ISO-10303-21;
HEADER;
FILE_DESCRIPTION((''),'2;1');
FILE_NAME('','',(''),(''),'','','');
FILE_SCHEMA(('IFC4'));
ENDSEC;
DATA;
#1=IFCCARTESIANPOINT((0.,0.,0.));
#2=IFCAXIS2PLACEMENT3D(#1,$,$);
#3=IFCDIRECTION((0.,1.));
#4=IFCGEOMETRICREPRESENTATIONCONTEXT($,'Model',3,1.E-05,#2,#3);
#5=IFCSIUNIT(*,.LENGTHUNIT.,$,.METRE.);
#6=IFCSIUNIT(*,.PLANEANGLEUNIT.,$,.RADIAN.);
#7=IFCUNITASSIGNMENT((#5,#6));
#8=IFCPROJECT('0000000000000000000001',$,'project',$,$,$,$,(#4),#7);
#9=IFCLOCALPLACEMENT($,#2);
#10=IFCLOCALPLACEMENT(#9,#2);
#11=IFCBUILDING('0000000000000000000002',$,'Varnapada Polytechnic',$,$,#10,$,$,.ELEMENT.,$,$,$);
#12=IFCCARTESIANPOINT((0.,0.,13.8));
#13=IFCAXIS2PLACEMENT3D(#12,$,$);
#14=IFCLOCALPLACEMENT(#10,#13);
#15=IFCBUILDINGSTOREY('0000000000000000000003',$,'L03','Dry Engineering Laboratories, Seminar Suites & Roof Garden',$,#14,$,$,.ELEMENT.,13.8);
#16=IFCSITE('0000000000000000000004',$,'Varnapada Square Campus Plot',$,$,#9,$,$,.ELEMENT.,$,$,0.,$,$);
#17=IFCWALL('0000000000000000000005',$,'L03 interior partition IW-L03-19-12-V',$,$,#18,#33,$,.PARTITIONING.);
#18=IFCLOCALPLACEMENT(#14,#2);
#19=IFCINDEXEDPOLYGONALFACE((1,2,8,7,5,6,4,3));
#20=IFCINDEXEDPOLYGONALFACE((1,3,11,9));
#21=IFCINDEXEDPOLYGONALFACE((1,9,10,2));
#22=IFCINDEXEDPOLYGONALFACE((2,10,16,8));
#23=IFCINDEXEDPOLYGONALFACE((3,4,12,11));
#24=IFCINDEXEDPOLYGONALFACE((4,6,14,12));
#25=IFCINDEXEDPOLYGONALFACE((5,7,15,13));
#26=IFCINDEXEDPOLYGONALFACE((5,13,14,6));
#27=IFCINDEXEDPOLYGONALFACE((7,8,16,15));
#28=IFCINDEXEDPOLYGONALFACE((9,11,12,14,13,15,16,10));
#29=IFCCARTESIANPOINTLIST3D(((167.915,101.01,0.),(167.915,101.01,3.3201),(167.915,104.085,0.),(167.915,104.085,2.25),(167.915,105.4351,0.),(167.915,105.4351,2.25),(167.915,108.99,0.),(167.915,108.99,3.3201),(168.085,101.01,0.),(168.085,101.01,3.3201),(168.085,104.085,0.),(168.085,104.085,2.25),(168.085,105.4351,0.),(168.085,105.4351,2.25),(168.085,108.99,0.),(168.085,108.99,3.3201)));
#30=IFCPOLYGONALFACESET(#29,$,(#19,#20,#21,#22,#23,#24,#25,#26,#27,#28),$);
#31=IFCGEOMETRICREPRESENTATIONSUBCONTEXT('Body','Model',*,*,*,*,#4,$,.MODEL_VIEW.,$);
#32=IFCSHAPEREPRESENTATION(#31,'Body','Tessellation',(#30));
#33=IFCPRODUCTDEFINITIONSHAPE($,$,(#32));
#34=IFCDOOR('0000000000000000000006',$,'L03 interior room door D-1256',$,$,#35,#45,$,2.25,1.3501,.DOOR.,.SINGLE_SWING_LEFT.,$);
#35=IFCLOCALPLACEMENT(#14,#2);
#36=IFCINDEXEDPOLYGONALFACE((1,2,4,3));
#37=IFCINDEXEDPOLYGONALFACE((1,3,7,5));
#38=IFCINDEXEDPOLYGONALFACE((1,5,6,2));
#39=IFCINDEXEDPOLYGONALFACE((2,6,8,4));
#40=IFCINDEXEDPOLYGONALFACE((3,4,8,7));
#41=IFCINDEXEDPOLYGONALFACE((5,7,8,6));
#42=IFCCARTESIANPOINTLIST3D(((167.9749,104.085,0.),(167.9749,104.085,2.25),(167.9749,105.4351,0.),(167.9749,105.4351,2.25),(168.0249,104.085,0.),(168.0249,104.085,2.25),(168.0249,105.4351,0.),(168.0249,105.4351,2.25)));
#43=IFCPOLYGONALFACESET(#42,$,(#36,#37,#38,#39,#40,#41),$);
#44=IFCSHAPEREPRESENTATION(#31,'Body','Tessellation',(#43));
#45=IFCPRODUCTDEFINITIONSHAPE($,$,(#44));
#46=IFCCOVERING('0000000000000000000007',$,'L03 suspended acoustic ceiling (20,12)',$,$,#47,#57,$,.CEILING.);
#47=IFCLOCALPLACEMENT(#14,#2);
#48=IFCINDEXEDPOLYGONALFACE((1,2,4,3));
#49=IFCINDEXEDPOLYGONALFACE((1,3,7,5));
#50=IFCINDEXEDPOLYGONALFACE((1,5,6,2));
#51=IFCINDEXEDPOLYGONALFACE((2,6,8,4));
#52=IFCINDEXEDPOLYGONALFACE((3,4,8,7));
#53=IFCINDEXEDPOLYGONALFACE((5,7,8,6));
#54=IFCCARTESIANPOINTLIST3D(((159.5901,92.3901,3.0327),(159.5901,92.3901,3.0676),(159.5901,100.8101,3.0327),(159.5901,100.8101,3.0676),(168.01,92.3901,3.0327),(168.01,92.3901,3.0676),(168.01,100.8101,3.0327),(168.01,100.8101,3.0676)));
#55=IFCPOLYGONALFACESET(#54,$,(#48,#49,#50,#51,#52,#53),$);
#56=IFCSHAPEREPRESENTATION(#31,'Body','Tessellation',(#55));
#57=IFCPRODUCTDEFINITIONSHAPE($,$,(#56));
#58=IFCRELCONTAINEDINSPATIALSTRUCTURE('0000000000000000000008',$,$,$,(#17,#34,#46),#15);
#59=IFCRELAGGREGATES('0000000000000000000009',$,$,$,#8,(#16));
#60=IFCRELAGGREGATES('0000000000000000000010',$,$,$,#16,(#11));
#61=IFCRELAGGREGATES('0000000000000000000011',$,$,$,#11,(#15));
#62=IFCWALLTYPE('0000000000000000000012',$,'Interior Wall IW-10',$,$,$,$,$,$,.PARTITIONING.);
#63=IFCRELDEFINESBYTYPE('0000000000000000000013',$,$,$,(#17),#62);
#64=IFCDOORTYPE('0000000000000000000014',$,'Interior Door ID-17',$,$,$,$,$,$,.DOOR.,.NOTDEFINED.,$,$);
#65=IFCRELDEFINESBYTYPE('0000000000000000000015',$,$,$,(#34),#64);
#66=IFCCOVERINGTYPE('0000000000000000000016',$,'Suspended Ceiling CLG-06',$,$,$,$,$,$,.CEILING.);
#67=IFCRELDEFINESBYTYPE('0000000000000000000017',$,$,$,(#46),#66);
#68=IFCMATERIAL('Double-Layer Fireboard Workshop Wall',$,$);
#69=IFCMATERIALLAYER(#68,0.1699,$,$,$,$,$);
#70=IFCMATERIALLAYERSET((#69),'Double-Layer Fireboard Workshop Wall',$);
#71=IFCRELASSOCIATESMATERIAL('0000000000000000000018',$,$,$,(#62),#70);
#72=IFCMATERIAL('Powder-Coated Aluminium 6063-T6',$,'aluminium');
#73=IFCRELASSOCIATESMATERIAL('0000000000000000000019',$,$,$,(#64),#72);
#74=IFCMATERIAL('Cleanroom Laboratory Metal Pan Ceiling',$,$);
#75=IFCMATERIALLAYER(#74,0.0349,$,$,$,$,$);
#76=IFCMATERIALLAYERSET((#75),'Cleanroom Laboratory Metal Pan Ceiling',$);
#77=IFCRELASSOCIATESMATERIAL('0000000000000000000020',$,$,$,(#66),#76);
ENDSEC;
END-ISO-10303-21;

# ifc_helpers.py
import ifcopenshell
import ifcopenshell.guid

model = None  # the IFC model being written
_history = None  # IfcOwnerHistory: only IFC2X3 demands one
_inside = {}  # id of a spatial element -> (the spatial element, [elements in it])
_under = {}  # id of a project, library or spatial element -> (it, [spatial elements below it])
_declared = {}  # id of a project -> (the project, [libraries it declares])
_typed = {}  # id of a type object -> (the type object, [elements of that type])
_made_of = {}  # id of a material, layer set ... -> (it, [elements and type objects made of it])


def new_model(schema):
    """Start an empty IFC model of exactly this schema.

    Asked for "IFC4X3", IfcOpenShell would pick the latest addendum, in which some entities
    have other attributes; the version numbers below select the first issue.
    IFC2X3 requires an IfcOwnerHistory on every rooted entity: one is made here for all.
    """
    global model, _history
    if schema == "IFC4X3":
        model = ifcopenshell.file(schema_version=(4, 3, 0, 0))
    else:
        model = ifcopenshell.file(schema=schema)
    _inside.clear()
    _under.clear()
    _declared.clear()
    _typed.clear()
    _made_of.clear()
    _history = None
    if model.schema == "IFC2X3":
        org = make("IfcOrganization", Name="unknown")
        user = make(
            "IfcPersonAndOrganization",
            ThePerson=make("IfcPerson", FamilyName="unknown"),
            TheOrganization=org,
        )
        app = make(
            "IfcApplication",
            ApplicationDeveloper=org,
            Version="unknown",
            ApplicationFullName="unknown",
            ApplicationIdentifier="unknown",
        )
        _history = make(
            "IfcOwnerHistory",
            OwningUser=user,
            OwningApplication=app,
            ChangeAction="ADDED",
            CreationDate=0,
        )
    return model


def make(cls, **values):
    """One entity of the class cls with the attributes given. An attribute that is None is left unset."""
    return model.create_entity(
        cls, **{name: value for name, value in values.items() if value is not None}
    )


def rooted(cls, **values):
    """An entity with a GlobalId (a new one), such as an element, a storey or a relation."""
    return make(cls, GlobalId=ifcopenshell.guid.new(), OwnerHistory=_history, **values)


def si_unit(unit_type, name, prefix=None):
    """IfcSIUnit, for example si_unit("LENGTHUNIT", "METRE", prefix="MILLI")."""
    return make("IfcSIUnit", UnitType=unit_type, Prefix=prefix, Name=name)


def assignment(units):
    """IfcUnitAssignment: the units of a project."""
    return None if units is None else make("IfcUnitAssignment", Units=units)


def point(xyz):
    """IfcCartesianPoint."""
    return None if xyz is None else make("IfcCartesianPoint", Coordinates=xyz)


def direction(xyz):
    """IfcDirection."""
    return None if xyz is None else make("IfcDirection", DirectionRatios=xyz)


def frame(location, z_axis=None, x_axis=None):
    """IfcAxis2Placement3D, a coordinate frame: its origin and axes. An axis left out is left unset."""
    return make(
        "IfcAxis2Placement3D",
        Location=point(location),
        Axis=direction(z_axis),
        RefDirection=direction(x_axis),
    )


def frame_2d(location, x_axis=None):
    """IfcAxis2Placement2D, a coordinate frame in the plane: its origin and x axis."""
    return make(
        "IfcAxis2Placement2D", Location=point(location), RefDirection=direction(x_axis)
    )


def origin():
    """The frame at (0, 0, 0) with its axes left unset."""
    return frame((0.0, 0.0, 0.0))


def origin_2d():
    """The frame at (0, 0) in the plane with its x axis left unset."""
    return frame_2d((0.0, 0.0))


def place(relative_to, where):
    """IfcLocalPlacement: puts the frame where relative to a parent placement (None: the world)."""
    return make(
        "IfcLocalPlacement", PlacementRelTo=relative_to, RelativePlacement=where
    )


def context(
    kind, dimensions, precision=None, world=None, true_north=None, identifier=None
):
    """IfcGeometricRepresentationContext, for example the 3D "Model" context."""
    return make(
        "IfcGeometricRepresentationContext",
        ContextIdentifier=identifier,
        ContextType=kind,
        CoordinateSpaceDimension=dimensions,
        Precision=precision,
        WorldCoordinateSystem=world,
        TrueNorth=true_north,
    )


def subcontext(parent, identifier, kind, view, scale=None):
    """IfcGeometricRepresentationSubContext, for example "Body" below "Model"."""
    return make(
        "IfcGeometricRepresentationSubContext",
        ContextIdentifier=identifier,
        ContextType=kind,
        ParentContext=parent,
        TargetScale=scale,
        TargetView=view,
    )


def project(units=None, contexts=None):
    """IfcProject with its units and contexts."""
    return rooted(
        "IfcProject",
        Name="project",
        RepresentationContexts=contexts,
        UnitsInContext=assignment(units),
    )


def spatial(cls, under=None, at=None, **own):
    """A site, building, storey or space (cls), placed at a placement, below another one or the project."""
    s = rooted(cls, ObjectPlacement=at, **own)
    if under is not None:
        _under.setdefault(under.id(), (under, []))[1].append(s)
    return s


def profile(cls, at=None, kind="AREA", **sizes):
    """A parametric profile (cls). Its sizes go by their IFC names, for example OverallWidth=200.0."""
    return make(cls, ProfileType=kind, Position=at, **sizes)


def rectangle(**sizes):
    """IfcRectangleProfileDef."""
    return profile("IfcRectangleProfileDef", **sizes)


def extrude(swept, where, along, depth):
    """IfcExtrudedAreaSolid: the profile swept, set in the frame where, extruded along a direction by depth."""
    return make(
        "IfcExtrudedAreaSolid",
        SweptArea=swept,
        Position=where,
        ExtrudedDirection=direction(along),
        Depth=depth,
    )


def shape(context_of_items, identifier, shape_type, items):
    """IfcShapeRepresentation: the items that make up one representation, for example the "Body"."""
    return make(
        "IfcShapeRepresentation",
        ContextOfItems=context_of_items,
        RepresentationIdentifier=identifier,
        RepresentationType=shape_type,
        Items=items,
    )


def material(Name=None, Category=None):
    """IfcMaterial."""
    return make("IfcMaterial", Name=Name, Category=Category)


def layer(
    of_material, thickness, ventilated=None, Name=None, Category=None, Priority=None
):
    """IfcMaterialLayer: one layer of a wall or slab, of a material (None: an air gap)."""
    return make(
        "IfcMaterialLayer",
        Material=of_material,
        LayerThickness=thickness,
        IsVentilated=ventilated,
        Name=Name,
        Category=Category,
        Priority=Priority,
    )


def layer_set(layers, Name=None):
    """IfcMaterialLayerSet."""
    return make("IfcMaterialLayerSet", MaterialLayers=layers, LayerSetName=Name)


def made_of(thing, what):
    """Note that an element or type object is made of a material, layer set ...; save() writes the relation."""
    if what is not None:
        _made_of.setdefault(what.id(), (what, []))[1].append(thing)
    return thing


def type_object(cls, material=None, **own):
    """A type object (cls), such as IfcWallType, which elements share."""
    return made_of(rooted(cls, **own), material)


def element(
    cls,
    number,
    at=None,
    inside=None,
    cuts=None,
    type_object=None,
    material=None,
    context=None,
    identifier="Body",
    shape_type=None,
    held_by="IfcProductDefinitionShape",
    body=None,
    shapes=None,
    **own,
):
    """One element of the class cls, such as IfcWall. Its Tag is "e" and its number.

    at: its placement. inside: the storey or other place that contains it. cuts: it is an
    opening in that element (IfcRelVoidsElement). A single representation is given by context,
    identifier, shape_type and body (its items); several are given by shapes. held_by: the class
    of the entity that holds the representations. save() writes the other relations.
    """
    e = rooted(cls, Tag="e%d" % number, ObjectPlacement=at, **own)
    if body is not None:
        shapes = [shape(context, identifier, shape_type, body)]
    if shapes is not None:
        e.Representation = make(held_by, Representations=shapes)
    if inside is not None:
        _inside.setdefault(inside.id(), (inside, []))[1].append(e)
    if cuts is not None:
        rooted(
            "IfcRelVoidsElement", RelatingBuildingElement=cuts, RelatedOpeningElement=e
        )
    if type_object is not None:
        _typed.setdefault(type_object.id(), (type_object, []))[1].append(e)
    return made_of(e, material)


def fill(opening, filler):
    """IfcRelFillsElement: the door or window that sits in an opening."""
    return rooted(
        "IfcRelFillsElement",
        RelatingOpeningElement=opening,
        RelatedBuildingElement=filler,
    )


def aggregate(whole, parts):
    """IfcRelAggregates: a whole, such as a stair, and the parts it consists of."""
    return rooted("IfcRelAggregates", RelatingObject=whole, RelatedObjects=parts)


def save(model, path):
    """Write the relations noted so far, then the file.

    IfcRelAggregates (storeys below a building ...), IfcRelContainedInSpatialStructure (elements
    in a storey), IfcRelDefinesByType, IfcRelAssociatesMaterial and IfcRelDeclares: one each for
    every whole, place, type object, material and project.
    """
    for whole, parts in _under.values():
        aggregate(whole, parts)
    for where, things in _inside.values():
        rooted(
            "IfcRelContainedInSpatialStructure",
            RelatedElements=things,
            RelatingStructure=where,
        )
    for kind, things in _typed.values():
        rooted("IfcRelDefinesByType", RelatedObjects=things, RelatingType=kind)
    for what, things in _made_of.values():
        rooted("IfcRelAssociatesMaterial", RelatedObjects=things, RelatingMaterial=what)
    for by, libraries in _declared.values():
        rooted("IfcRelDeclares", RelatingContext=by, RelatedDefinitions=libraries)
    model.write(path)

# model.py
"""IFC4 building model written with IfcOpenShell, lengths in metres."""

from ifc_helpers import new_model, si_unit, direction, frame, frame_2d, origin, origin_2d, place, context, subcontext, project, spatial, rectangle, extrude, material, layer, layer_set, type_object, element, fill, save


model = new_model("IFC4")

# Units and contexts
model_context = context("Model", 3, precision=1e-05, world=origin(), true_north=direction((0.0, 1.0)))
body_context = subcontext(model_context, "Body", "Model", "MODEL_VIEW")
ifc_project = project(units=[si_unit("LENGTHUNIT", "METRE"), si_unit("PLANEANGLEUNIT", "RADIAN")], contexts=[model_context])

# Site, building, storey
site_placement = place(None, origin())
site = spatial("IfcSite", under=ifc_project, at=site_placement, Name="Varnapada Square Campus Plot", CompositionType="ELEMENT", RefElevation=0.0)
building_placement = place(site_placement, origin())
building = spatial("IfcBuilding", under=site, at=building_placement, Name="Varnapada Polytechnic", CompositionType="ELEMENT")
storey_placement = place(building_placement, frame((0.0, 0.0, 13.8)))
storey = spatial("IfcBuildingStorey", under=building, at=storey_placement, Name="L03", Description="Dry Engineering Laboratories, Seminar Suites & Roof Garden", CompositionType="ELEMENT", Elevation=13.8)

# Wall, opening, door
ifc_material_1 = material(Name="Double-Layer Fireboard Workshop Wall")
ifc_layer_1 = layer(ifc_material_1, 0.1699)
ifc_layer_set_1 = layer_set([ifc_layer_1], Name="Double-Layer Fireboard Workshop Wall")
wall_type_1 = type_object("IfcWallType", Name="Interior Wall IW-10", PredefinedType="PARTITIONING", material=ifc_layer_set_1)
wall_1_placement = place(storey_placement, frame((168.0, 101.01, 0.0), z_axis=(0.0, 0.0, 1.0), x_axis=(0.0, 1.0, 0.0)))
wall_1 = element("IfcWall", 1, at=wall_1_placement, inside=storey, type_object=wall_type_1, Name="L03 interior partition IW-L03-19-12-V", PredefinedType="PARTITIONING", context=body_context, shape_type="SweptSolid", body=[
    extrude(rectangle(XDim=7.98, YDim=0.1699, at=frame_2d((3.99, 0.0))), origin(), (0.0, 0.0, 1.0), 3.3201),
])
opening_1_placement = place(wall_1_placement, frame((3.075, 0.0, 0.0)))
opening_1 = element("IfcOpeningElement", 2, at=opening_1_placement, cuts=wall_1, PredefinedType="OPENING", context=body_context, shape_type="SweptSolid", body=[
    extrude(rectangle(XDim=1.3501, YDim=2.25, at=frame_2d((0.675, 1.125))), frame((0.0, 0.095, 0.0), z_axis=(0.0, -1.0, 0.0), x_axis=(1.0, 0.0, 0.0)), (0.0, 0.0, 1.0), 0.1899),
])
ifc_material_2 = material(Name="Powder-Coated Aluminium 6063-T6", Category="aluminium")
door_type_1 = type_object("IfcDoorType", Name="Interior Door ID-17", OperationType="NOTDEFINED", PredefinedType="DOOR", material=ifc_material_2)
door_1_placement = place(opening_1_placement, frame((1.3501, 0.0, 0.0), z_axis=(0.0, 0.0, 1.0), x_axis=(-1.0, 0.0, 0.0)))
door_1 = element("IfcDoor", 3, at=door_1_placement, inside=storey, type_object=door_type_1, Name="L03 interior room door D-1256", OperationType="SINGLE_SWING_LEFT", OverallHeight=2.25, OverallWidth=1.3501, PredefinedType="DOOR", context=body_context, shape_type="SweptSolid", body=[
    extrude(rectangle(XDim=1.3501, YDim=2.25, at=frame_2d((0.675, 1.125))), frame((0.0, 0.0249, 0.0), z_axis=(0.0, -1.0, 0.0), x_axis=(1.0, 0.0, 0.0)), (0.0, 0.0, 1.0), 0.05),
])
fill(opening_1, door_1)

# Covering
ifc_material_3 = material(Name="Cleanroom Laboratory Metal Pan Ceiling")
ifc_layer_2 = layer(ifc_material_3, 0.0349)
ifc_layer_set_2 = layer_set([ifc_layer_2], Name="Cleanroom Laboratory Metal Pan Ceiling")
covering_type = type_object("IfcCoveringType", Name="Suspended Ceiling CLG-06", PredefinedType="CEILING", material=ifc_layer_set_2)
covering_placement = place(storey_placement, frame((163.8, 96.6001, 3.0327), z_axis=(0.0, 0.0, 1.0), x_axis=(1.0, 0.0, 0.0)))
element("IfcCovering", 4, at=covering_placement, inside=storey, type_object=covering_type, Name="L03 suspended acoustic ceiling (20,12)", PredefinedType="CEILING", context=body_context, shape_type="SweptSolid", body=[
    extrude(rectangle(XDim=8.4199, YDim=8.4199, at=origin_2d()), origin(), (0.0, 0.0, 1.0), 0.0349),
])

save(model, "model.ifc")
